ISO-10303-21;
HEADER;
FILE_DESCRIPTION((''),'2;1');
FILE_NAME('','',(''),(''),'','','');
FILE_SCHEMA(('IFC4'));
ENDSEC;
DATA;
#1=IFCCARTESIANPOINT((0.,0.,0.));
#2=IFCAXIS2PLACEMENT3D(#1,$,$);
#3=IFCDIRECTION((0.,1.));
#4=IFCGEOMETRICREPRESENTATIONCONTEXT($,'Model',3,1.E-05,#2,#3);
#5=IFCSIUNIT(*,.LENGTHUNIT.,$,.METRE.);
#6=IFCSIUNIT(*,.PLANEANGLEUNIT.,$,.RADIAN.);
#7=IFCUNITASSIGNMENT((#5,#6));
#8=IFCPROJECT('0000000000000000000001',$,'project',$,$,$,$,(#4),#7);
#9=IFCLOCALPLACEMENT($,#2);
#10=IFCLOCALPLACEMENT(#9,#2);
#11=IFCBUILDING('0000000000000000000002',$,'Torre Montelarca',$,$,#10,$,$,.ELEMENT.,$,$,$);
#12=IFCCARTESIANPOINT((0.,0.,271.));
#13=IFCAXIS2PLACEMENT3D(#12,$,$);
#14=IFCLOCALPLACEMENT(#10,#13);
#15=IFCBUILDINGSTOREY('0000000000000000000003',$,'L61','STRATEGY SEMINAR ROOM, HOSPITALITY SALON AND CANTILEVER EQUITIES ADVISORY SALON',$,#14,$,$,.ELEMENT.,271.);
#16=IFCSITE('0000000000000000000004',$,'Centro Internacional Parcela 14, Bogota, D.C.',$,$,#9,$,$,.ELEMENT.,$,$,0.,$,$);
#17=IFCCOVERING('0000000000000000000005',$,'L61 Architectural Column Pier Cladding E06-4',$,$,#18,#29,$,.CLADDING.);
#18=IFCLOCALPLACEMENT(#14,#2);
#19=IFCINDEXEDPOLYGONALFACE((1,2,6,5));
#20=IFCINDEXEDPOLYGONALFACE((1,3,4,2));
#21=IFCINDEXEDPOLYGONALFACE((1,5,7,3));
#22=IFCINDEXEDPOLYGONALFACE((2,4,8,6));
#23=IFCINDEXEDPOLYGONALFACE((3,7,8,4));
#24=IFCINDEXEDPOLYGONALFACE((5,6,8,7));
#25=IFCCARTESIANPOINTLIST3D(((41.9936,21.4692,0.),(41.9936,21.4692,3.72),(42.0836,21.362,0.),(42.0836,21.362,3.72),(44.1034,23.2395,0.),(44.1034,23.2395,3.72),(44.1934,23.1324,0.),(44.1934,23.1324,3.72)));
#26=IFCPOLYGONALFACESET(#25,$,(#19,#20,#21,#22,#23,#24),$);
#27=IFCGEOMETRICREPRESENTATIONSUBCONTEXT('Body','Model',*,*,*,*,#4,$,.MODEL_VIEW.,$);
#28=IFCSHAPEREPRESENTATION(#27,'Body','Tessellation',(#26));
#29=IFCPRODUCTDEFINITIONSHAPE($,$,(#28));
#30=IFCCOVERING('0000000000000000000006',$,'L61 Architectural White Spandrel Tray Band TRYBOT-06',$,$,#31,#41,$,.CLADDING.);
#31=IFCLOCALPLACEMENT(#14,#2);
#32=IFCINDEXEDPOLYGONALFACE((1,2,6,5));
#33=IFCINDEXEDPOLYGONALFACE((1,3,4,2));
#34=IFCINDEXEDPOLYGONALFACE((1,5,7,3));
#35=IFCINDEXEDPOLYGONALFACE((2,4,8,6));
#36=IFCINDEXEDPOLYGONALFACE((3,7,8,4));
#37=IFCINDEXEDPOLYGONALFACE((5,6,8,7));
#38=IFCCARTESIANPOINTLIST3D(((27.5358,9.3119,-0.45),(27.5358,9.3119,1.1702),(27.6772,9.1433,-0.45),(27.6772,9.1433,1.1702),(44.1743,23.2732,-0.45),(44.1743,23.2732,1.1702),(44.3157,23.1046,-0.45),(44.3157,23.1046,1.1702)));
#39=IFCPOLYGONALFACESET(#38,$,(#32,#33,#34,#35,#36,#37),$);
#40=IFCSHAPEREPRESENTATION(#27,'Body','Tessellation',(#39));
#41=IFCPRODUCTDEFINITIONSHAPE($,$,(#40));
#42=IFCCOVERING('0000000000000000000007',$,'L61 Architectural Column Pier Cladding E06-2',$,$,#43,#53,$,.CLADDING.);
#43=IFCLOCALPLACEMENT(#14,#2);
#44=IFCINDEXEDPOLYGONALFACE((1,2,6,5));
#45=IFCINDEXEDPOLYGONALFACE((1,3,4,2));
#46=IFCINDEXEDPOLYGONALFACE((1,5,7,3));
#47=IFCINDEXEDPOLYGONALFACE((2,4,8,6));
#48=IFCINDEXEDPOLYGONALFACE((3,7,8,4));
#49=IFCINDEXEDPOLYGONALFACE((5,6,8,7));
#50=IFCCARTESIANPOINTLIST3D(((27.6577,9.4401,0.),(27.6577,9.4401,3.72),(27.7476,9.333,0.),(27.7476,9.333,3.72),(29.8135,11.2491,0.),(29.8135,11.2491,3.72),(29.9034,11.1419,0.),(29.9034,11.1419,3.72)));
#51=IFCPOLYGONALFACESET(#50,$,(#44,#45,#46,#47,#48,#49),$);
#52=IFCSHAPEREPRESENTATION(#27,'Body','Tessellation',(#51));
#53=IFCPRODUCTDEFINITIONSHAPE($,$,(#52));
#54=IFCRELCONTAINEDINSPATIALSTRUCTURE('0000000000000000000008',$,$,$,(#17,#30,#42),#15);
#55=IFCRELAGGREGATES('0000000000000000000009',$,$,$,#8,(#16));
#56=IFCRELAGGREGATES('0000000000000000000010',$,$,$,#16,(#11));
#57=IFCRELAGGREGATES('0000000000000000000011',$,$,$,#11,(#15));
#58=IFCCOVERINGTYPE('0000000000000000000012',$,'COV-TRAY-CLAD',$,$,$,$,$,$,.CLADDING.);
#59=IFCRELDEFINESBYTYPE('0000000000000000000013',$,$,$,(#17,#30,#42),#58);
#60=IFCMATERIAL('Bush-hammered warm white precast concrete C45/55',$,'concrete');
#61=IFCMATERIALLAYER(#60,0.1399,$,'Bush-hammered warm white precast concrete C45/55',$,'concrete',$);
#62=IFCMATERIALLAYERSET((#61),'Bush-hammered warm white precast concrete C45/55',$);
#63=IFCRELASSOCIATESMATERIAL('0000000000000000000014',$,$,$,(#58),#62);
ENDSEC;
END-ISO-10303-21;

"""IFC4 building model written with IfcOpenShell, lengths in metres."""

from ifc_helpers import new_model, si_unit, direction, frame, origin, origin_2d, place, context, subcontext, project, spatial, rectangle, extrude, source, transform, mapped, material, layer, layer_set, type_object, element, save


model = new_model("IFC4")

# Units and contexts
model_context = context("Model", 3, precision=1e-05, world=origin(), true_north=direction((0.0, 1.0)))
body_context = subcontext(model_context, "Body", "Model", "MODEL_VIEW")
ifc_project = project(units=[si_unit("LENGTHUNIT", "METRE"), si_unit("PLANEANGLEUNIT", "RADIAN")], contexts=[model_context])

# Site, building, storey
site_placement = place(None, origin())
site = spatial("IfcSite", under=ifc_project, at=site_placement, Name="Centro Internacional Parcela 14, Bogota, D.C.", CompositionType="ELEMENT", RefElevation=0.0)
building_placement = place(site_placement, origin())
building = spatial("IfcBuilding", under=site, at=building_placement, Name="Torre Montelarca", CompositionType="ELEMENT")
storey_placement = place(building_placement, frame((0.0, 0.0, 271.0)))
storey = spatial("IfcBuildingStorey", under=building, at=storey_placement, Name="L61", Description="STRATEGY SEMINAR ROOM, HOSPITALITY SALON AND CANTILEVER EQUITIES ADVISORY SALON", CompositionType="ELEMENT", Elevation=271.0)

# Coverings
ifc_material_1 = material(Name="Bush-hammered warm white precast concrete C45/55", Category="concrete")
ifc_layer_1 = layer(ifc_material_1, 0.1399, Name="Bush-hammered warm white precast concrete C45/55", Category="concrete")
ifc_layer_set_1 = layer_set([ifc_layer_1], Name="Bush-hammered warm white precast concrete C45/55")
covering_type = type_object("IfcCoveringType", Name="COV-TRAY-CLAD", PredefinedType="CLADDING", material=ifc_layer_set_1)
shared_shape_1 = source(origin(), body_context, "Body", "SweptSolid", [
    extrude(rectangle(XDim=2.7542, YDim=0.1399, at=origin_2d()), origin(), (0.0, 0.0, 1.0), 3.72),
])
covering_1_placement = place(storey_placement, frame((43.0935, 22.3008, 0.0), z_axis=(0.0, 0.0, 1.0), x_axis=(0.766044, 0.642788, 0.0)))
element("IfcCovering", 1, at=covering_1_placement, inside=storey, type_object=covering_type, Name="L61 Architectural Column Pier Cladding E06-4", PredefinedType="CLADDING", context=body_context, shape_type="MappedRepresentation", body=[
    mapped(shared_shape_1, transform((0.0, 0.0, 0.0), scale=1.0)),
])
shared_shape_2 = source(origin(), body_context, "Body", "SweptSolid", [
    extrude(rectangle(XDim=21.72, YDim=0.22, at=origin_2d()), origin(), (0.0, 0.0, 1.0), 1.6201),
])
covering_2_placement = place(storey_placement, frame((35.9258, 16.2083, -0.45), z_axis=(0.0, 0.0, 1.0), x_axis=(0.766046, 0.642786, 0.0)))
element("IfcCovering", 2, at=covering_2_placement, inside=storey, type_object=covering_type, Name="L61 Architectural White Spandrel Tray Band TRYBOT-06", PredefinedType="CLADDING", context=body_context, shape_type="MappedRepresentation", body=[
    mapped(shared_shape_2, transform((0.0, 0.0, 0.0), scale=1.0)),
])
shared_shape_3 = source(origin(), body_context, "Body", "SweptSolid", [
    extrude(rectangle(XDim=2.8142, YDim=0.1399, at=origin_2d()), origin(), (0.0, 0.0, 1.0), 3.72),
])
covering_3_placement = place(storey_placement, frame((28.7805, 10.291, 0.0), z_axis=(0.0, 0.0, 1.0), x_axis=(0.766044, 0.642788, 0.0)))
element("IfcCovering", 3, at=covering_3_placement, inside=storey, type_object=covering_type, Name="L61 Architectural Column Pier Cladding E06-2", PredefinedType="CLADDING", context=body_context, shape_type="MappedRepresentation", body=[
    mapped(shared_shape_3, transform((0.0, 0.0, 0.0), scale=1.0)),
])

save(model, "model.ifc")
